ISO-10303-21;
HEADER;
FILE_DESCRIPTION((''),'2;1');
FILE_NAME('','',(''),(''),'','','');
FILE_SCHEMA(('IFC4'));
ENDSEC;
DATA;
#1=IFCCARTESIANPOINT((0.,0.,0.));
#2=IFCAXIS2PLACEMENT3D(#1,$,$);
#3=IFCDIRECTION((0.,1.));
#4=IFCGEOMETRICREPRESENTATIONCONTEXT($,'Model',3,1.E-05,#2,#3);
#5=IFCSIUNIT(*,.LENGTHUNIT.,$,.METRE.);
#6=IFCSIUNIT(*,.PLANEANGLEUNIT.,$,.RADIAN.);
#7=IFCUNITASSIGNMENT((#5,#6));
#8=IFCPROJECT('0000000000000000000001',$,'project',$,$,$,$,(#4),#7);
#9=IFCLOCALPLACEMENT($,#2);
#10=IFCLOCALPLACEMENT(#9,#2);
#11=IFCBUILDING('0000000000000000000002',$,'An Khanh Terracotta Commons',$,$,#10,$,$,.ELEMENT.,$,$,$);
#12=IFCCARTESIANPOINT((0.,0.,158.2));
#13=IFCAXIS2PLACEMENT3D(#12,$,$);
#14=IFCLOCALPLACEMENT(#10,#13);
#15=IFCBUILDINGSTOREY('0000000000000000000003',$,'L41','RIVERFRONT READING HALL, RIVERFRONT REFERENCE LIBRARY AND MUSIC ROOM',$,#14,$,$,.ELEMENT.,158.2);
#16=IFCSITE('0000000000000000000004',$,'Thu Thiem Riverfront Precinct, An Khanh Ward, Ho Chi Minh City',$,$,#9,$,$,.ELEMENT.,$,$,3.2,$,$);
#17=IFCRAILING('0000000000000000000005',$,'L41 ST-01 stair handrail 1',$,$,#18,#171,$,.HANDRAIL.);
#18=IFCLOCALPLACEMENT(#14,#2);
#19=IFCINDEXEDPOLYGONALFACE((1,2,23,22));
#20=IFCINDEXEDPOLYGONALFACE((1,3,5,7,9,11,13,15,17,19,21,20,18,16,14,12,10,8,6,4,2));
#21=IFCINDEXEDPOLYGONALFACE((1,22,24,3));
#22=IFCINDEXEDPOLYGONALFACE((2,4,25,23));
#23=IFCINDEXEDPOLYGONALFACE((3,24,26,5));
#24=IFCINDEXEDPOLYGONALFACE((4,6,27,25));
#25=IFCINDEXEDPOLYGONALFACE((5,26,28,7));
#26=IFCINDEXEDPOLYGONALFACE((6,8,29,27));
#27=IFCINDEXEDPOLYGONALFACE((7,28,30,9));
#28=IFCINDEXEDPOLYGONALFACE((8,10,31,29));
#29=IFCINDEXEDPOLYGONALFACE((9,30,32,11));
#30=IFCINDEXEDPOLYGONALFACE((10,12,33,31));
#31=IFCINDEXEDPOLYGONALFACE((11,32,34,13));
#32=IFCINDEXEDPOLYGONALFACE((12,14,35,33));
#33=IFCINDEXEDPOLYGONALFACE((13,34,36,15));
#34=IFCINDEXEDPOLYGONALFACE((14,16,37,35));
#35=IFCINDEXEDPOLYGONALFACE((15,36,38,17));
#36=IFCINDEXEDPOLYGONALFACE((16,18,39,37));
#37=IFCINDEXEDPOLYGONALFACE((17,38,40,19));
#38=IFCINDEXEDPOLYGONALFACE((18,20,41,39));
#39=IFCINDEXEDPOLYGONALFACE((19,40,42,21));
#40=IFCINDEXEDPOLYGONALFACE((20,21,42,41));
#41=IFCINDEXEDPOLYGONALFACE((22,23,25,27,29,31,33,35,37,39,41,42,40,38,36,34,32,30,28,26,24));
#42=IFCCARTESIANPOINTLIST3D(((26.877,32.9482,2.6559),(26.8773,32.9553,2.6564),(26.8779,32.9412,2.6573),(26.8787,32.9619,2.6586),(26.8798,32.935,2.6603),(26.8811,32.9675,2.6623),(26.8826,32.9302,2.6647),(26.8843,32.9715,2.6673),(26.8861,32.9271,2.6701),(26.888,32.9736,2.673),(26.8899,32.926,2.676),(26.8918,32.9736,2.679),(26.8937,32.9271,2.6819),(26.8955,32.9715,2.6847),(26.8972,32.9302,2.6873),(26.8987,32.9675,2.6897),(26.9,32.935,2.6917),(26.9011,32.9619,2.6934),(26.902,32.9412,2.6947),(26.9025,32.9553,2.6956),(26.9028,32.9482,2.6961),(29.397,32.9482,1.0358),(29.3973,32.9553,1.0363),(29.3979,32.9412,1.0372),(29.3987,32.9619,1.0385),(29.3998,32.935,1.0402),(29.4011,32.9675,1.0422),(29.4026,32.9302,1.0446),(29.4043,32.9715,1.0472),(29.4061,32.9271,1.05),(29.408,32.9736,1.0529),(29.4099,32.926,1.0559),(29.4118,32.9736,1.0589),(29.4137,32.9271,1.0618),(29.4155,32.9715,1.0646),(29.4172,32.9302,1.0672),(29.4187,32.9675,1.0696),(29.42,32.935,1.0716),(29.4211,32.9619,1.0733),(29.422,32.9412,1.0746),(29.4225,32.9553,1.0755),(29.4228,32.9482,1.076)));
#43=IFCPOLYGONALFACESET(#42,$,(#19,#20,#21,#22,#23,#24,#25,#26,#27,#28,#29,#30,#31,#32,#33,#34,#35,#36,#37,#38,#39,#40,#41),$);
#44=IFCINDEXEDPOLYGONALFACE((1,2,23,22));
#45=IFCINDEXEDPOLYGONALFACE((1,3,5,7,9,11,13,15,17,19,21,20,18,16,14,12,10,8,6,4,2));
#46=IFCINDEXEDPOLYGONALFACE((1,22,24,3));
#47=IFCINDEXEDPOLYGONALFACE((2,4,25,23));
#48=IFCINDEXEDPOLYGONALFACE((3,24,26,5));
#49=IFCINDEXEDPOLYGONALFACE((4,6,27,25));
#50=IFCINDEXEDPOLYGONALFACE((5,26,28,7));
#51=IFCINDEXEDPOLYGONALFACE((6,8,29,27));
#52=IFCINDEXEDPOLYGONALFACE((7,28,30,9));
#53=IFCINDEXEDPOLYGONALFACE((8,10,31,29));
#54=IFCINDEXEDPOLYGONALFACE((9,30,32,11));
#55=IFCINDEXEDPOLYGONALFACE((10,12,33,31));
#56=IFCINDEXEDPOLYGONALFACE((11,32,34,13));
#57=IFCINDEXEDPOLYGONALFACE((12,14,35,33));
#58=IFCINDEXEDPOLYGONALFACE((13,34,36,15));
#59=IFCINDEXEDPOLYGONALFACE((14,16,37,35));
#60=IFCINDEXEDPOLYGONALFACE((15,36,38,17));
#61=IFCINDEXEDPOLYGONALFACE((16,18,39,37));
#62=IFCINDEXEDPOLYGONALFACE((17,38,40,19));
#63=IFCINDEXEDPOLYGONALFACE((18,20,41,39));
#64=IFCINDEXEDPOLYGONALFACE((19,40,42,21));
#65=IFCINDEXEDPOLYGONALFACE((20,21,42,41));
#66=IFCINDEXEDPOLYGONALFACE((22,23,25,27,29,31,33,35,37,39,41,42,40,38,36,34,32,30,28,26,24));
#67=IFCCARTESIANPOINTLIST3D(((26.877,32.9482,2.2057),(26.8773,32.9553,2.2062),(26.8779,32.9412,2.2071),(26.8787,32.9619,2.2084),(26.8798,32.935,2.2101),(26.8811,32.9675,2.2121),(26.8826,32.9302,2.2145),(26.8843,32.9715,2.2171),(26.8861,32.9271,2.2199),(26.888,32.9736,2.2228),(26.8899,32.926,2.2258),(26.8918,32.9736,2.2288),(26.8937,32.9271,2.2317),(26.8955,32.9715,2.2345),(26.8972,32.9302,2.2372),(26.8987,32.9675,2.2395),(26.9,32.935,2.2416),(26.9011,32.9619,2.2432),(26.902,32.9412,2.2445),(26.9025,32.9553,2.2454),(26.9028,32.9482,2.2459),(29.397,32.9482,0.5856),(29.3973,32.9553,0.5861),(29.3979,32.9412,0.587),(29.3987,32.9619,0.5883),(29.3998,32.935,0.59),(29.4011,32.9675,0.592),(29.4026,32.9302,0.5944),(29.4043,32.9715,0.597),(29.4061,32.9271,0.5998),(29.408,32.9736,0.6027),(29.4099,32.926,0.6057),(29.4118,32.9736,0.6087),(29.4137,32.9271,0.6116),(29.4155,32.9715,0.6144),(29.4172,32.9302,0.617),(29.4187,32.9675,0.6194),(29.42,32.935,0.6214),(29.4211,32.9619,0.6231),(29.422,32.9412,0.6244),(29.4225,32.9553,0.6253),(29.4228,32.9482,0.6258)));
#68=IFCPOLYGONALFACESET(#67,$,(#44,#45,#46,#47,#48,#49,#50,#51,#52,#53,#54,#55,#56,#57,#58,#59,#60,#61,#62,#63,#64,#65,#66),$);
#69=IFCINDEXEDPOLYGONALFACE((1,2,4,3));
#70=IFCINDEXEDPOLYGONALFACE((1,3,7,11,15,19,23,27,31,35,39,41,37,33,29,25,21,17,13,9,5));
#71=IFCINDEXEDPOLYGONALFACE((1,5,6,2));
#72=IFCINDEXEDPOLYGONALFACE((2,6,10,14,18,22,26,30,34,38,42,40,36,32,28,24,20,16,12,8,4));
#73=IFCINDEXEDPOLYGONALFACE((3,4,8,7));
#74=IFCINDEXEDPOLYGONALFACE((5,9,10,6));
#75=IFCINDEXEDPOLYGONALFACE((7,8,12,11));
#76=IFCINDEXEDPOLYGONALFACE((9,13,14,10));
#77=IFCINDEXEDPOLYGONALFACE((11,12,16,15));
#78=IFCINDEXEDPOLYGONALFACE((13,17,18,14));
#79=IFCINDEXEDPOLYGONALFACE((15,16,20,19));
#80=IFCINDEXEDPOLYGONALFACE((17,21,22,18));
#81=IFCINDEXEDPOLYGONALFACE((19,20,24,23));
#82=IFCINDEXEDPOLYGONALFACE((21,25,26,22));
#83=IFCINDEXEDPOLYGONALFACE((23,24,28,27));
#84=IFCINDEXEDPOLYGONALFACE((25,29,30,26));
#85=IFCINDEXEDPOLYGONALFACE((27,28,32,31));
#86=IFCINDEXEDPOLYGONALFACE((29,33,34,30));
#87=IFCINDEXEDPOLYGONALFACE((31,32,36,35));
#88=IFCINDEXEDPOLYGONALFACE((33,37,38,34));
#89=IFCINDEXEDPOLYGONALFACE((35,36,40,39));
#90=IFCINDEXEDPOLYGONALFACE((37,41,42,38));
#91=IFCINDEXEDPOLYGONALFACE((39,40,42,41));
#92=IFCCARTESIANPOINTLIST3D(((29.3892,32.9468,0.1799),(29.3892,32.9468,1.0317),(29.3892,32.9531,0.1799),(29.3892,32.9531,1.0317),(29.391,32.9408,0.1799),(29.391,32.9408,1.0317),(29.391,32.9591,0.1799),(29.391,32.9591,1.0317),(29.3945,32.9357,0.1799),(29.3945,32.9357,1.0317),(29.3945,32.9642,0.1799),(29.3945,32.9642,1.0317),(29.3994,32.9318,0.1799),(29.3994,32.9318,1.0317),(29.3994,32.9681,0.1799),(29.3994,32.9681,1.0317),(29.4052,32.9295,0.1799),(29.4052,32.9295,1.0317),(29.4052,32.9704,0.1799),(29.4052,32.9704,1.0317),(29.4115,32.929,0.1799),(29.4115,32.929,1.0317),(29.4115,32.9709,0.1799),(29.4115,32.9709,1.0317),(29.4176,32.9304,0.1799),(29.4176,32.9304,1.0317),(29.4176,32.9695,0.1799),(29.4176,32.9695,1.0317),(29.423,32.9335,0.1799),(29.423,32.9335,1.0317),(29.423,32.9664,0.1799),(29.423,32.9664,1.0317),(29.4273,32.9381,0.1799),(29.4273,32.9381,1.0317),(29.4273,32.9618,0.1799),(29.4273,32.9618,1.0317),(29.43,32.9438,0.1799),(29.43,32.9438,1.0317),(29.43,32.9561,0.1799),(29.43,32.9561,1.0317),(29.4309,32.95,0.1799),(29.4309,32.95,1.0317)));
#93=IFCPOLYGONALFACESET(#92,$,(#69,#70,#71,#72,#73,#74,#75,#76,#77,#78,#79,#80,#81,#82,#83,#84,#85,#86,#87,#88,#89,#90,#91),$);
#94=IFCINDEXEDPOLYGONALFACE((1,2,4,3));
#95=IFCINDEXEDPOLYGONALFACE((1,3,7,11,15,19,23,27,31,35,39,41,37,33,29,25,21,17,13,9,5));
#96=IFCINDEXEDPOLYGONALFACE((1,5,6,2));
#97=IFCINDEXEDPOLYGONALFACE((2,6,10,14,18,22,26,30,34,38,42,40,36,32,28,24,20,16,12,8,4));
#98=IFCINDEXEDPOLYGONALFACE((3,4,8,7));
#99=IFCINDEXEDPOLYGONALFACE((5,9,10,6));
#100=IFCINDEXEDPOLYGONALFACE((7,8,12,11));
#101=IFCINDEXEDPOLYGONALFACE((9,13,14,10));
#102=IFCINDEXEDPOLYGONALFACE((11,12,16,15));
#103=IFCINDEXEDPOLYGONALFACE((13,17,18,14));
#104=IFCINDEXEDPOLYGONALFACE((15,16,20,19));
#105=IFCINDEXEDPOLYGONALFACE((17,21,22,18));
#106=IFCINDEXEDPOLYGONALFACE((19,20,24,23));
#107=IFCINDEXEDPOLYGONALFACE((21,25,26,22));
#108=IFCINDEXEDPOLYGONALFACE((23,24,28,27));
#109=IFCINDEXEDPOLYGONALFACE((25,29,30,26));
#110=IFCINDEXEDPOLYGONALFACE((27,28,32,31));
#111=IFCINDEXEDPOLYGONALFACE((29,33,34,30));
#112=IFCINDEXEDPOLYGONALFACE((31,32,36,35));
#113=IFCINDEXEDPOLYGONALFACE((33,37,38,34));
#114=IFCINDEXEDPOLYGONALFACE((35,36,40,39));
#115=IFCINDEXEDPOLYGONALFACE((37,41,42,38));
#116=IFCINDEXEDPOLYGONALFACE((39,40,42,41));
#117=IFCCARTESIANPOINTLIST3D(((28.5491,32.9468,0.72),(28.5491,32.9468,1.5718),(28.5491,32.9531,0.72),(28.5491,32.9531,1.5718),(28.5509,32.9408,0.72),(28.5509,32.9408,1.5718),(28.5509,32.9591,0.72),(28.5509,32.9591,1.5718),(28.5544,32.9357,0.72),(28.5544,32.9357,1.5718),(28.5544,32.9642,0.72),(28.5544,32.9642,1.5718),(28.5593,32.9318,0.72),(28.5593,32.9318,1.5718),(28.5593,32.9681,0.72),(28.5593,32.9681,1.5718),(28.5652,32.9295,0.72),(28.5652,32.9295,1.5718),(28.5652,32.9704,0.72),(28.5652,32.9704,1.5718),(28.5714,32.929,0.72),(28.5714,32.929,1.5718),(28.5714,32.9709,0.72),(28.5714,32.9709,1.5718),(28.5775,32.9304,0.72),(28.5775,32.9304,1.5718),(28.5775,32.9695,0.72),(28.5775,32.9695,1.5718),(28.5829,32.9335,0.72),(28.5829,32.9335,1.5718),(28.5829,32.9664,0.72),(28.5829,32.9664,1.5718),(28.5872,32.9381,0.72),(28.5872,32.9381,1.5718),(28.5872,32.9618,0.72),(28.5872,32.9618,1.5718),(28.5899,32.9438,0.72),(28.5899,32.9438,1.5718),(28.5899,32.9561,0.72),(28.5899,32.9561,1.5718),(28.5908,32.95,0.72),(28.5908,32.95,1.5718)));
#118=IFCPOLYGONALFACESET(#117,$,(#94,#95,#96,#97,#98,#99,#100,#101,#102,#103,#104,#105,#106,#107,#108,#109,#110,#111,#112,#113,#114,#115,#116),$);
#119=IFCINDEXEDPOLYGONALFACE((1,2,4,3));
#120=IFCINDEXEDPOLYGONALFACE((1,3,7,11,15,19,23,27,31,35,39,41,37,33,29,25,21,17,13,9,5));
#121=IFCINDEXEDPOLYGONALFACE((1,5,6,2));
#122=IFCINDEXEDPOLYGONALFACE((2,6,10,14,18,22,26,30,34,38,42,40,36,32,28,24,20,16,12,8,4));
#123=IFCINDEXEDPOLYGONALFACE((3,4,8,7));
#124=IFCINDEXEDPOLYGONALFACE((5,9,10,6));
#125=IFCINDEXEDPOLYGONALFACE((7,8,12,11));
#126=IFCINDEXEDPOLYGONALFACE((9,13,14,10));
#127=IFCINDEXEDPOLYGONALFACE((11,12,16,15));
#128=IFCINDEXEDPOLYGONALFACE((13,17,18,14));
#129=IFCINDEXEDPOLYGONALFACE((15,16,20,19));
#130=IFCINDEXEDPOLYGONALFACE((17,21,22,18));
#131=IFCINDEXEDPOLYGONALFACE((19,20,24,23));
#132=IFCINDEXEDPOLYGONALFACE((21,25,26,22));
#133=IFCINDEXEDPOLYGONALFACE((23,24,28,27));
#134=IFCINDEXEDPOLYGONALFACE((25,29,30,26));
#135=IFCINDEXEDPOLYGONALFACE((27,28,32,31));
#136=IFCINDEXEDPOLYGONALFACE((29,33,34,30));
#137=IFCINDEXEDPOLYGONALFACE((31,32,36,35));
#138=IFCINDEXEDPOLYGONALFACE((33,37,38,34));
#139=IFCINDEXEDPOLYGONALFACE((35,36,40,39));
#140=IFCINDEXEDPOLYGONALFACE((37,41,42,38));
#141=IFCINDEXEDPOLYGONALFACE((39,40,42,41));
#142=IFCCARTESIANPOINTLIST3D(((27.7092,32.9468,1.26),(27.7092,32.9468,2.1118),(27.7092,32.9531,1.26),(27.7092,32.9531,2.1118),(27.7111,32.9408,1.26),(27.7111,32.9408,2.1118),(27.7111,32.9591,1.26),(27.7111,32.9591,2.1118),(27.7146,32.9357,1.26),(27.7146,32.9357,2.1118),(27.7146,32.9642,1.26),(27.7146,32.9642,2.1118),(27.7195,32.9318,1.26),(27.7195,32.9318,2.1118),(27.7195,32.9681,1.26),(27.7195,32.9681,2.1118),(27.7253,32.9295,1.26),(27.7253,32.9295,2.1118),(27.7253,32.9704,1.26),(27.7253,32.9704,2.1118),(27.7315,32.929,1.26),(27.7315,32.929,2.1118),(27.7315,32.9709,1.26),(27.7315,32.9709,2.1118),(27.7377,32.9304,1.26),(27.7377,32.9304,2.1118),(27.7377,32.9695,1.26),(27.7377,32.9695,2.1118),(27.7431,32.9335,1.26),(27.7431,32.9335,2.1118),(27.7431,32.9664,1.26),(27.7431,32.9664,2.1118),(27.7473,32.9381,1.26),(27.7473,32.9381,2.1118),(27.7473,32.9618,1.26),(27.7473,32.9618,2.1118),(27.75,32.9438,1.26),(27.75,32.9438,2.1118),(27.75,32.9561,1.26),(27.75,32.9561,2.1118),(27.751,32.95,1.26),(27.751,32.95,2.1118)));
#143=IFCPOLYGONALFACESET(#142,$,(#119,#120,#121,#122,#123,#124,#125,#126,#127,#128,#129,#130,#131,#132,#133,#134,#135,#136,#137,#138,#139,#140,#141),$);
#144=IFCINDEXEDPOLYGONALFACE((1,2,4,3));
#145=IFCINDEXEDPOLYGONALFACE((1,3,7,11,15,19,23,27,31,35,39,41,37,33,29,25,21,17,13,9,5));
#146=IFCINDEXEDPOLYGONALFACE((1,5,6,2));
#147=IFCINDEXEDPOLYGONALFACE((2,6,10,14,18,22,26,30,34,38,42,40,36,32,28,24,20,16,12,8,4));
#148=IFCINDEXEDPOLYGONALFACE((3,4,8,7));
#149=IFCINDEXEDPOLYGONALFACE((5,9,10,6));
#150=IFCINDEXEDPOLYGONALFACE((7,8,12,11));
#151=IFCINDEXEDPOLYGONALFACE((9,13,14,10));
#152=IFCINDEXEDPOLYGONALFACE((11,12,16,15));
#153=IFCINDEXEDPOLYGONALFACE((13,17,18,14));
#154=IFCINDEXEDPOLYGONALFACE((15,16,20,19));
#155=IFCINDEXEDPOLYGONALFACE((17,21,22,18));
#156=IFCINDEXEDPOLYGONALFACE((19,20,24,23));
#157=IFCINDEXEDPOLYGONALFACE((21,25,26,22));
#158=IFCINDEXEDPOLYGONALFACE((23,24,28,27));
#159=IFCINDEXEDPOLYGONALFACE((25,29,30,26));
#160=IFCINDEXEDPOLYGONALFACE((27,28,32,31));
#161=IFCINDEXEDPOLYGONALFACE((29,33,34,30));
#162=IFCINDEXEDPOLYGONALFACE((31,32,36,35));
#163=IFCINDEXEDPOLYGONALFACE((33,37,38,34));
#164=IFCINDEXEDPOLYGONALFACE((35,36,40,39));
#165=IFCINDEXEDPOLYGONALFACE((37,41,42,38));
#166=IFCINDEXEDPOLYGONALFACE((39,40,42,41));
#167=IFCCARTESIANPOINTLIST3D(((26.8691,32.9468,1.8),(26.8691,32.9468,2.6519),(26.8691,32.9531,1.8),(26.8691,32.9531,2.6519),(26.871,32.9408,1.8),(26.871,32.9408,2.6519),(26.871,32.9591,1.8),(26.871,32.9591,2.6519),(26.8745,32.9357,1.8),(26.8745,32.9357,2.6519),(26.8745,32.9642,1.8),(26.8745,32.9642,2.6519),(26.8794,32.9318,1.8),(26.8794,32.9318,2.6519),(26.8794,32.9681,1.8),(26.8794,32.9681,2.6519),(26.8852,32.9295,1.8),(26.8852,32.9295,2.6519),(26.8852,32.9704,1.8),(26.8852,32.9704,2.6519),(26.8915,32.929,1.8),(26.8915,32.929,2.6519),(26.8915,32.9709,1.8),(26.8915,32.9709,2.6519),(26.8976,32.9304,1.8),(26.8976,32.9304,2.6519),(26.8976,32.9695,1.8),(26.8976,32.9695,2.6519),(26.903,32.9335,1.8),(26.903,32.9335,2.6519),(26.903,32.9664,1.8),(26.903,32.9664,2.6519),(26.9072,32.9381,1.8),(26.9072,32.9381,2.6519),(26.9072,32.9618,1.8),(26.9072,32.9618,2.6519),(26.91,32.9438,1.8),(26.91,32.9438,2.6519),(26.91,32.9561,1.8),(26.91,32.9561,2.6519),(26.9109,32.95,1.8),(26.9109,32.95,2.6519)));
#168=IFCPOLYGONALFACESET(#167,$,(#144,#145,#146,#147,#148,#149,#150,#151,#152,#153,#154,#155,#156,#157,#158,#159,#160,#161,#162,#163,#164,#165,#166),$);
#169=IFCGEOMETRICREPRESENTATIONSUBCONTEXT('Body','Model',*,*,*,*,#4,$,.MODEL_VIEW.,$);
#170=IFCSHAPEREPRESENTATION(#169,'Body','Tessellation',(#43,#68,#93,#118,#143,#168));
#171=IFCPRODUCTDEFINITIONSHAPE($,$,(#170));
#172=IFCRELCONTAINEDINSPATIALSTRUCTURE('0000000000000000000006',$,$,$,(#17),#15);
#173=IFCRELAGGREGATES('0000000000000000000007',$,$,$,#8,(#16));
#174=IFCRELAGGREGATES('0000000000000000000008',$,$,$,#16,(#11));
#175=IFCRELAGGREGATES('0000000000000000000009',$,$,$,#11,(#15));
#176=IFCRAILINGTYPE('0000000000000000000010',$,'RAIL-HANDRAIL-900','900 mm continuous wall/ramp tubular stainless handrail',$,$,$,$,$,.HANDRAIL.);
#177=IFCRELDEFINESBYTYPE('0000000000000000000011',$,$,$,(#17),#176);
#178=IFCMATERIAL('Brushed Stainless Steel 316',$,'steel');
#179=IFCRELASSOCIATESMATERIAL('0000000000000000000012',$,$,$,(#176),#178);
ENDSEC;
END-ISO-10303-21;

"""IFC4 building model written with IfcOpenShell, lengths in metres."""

from ifc_helpers import new_model, si_unit, direction, frame, origin, origin_2d, place, context, subcontext, project, spatial, circle, extrude, material, type_object, element, save


model = new_model("IFC4")

# Units and contexts
model_context = context("Model", 3, precision=1e-05, world=origin(), true_north=direction((0.0, 1.0)))
body_context = subcontext(model_context, "Body", "Model", "MODEL_VIEW")
ifc_project = project(units=[si_unit("LENGTHUNIT", "METRE"), si_unit("PLANEANGLEUNIT", "RADIAN")], contexts=[model_context])

# Site, building, storey
site_placement = place(None, origin())
site = spatial("IfcSite", under=ifc_project, at=site_placement, Name="Thu Thiem Riverfront Precinct, An Khanh Ward, Ho Chi Minh City", CompositionType="ELEMENT", RefElevation=3.2)
building_placement = place(site_placement, origin())
building = spatial("IfcBuilding", under=site, at=building_placement, Name="An Khanh Terracotta Commons", CompositionType="ELEMENT")
storey_placement = place(building_placement, frame((0.0, 0.0, 158.2)))
storey = spatial("IfcBuildingStorey", under=building, at=storey_placement, Name="L41", Description="RIVERFRONT READING HALL, RIVERFRONT REFERENCE LIBRARY AND MUSIC ROOM", CompositionType="ELEMENT", Elevation=158.2)

# Railing
ifc_material_1 = material(Name="Brushed Stainless Steel 316", Category="steel")
railing_type_1 = type_object("IfcRailingType", Name="RAIL-HANDRAIL-900", Description="900 mm continuous wall/ramp tubular stainless handrail", PredefinedType="HANDRAIL", material=ifc_material_1)
railing_1_placement = place(storey_placement, frame((29.4099, 32.95, 0.1799)))
element("IfcRailing", 1, at=railing_1_placement, inside=storey, type_object=railing_type_1, Name="L41 ST-01 stair handrail 1", PredefinedType="HANDRAIL", context=body_context, shape_type="SweptSolid", body=[
    extrude(circle(Radius=0.0239, at=origin_2d()), frame((0.0, 0.0, 0.876), z_axis=(-0.841163, 0.0, 0.540782), x_axis=(0.0, -1.0, 0.0)), (0.0, 0.0, 1.0), 2.9958),
    extrude(circle(Radius=0.0239, at=origin_2d()), frame((0.0, 0.0, 0.4258), z_axis=(-0.841163, 0.0, 0.540782), x_axis=(0.0, -1.0, 0.0)), (0.0, 0.0, 1.0), 2.9958),
    extrude(circle(Radius=0.021, at=origin_2d()), origin(), (0.0, 0.0, 1.0), 0.8518),
    extrude(circle(Radius=0.021, at=origin_2d()), frame((-0.8401, 0.0, 0.54)), (0.0, 0.0, 1.0), 0.8518),
    extrude(circle(Radius=0.021, at=origin_2d()), frame((-1.6799, 0.0, 1.0801)), (0.0, 0.0, 1.0), 0.8518),
    extrude(circle(Radius=0.021, at=origin_2d()), frame((-2.52, 0.0, 1.6201)), (0.0, 0.0, 1.0), 0.8518),
])

save(model, "model.ifc")
